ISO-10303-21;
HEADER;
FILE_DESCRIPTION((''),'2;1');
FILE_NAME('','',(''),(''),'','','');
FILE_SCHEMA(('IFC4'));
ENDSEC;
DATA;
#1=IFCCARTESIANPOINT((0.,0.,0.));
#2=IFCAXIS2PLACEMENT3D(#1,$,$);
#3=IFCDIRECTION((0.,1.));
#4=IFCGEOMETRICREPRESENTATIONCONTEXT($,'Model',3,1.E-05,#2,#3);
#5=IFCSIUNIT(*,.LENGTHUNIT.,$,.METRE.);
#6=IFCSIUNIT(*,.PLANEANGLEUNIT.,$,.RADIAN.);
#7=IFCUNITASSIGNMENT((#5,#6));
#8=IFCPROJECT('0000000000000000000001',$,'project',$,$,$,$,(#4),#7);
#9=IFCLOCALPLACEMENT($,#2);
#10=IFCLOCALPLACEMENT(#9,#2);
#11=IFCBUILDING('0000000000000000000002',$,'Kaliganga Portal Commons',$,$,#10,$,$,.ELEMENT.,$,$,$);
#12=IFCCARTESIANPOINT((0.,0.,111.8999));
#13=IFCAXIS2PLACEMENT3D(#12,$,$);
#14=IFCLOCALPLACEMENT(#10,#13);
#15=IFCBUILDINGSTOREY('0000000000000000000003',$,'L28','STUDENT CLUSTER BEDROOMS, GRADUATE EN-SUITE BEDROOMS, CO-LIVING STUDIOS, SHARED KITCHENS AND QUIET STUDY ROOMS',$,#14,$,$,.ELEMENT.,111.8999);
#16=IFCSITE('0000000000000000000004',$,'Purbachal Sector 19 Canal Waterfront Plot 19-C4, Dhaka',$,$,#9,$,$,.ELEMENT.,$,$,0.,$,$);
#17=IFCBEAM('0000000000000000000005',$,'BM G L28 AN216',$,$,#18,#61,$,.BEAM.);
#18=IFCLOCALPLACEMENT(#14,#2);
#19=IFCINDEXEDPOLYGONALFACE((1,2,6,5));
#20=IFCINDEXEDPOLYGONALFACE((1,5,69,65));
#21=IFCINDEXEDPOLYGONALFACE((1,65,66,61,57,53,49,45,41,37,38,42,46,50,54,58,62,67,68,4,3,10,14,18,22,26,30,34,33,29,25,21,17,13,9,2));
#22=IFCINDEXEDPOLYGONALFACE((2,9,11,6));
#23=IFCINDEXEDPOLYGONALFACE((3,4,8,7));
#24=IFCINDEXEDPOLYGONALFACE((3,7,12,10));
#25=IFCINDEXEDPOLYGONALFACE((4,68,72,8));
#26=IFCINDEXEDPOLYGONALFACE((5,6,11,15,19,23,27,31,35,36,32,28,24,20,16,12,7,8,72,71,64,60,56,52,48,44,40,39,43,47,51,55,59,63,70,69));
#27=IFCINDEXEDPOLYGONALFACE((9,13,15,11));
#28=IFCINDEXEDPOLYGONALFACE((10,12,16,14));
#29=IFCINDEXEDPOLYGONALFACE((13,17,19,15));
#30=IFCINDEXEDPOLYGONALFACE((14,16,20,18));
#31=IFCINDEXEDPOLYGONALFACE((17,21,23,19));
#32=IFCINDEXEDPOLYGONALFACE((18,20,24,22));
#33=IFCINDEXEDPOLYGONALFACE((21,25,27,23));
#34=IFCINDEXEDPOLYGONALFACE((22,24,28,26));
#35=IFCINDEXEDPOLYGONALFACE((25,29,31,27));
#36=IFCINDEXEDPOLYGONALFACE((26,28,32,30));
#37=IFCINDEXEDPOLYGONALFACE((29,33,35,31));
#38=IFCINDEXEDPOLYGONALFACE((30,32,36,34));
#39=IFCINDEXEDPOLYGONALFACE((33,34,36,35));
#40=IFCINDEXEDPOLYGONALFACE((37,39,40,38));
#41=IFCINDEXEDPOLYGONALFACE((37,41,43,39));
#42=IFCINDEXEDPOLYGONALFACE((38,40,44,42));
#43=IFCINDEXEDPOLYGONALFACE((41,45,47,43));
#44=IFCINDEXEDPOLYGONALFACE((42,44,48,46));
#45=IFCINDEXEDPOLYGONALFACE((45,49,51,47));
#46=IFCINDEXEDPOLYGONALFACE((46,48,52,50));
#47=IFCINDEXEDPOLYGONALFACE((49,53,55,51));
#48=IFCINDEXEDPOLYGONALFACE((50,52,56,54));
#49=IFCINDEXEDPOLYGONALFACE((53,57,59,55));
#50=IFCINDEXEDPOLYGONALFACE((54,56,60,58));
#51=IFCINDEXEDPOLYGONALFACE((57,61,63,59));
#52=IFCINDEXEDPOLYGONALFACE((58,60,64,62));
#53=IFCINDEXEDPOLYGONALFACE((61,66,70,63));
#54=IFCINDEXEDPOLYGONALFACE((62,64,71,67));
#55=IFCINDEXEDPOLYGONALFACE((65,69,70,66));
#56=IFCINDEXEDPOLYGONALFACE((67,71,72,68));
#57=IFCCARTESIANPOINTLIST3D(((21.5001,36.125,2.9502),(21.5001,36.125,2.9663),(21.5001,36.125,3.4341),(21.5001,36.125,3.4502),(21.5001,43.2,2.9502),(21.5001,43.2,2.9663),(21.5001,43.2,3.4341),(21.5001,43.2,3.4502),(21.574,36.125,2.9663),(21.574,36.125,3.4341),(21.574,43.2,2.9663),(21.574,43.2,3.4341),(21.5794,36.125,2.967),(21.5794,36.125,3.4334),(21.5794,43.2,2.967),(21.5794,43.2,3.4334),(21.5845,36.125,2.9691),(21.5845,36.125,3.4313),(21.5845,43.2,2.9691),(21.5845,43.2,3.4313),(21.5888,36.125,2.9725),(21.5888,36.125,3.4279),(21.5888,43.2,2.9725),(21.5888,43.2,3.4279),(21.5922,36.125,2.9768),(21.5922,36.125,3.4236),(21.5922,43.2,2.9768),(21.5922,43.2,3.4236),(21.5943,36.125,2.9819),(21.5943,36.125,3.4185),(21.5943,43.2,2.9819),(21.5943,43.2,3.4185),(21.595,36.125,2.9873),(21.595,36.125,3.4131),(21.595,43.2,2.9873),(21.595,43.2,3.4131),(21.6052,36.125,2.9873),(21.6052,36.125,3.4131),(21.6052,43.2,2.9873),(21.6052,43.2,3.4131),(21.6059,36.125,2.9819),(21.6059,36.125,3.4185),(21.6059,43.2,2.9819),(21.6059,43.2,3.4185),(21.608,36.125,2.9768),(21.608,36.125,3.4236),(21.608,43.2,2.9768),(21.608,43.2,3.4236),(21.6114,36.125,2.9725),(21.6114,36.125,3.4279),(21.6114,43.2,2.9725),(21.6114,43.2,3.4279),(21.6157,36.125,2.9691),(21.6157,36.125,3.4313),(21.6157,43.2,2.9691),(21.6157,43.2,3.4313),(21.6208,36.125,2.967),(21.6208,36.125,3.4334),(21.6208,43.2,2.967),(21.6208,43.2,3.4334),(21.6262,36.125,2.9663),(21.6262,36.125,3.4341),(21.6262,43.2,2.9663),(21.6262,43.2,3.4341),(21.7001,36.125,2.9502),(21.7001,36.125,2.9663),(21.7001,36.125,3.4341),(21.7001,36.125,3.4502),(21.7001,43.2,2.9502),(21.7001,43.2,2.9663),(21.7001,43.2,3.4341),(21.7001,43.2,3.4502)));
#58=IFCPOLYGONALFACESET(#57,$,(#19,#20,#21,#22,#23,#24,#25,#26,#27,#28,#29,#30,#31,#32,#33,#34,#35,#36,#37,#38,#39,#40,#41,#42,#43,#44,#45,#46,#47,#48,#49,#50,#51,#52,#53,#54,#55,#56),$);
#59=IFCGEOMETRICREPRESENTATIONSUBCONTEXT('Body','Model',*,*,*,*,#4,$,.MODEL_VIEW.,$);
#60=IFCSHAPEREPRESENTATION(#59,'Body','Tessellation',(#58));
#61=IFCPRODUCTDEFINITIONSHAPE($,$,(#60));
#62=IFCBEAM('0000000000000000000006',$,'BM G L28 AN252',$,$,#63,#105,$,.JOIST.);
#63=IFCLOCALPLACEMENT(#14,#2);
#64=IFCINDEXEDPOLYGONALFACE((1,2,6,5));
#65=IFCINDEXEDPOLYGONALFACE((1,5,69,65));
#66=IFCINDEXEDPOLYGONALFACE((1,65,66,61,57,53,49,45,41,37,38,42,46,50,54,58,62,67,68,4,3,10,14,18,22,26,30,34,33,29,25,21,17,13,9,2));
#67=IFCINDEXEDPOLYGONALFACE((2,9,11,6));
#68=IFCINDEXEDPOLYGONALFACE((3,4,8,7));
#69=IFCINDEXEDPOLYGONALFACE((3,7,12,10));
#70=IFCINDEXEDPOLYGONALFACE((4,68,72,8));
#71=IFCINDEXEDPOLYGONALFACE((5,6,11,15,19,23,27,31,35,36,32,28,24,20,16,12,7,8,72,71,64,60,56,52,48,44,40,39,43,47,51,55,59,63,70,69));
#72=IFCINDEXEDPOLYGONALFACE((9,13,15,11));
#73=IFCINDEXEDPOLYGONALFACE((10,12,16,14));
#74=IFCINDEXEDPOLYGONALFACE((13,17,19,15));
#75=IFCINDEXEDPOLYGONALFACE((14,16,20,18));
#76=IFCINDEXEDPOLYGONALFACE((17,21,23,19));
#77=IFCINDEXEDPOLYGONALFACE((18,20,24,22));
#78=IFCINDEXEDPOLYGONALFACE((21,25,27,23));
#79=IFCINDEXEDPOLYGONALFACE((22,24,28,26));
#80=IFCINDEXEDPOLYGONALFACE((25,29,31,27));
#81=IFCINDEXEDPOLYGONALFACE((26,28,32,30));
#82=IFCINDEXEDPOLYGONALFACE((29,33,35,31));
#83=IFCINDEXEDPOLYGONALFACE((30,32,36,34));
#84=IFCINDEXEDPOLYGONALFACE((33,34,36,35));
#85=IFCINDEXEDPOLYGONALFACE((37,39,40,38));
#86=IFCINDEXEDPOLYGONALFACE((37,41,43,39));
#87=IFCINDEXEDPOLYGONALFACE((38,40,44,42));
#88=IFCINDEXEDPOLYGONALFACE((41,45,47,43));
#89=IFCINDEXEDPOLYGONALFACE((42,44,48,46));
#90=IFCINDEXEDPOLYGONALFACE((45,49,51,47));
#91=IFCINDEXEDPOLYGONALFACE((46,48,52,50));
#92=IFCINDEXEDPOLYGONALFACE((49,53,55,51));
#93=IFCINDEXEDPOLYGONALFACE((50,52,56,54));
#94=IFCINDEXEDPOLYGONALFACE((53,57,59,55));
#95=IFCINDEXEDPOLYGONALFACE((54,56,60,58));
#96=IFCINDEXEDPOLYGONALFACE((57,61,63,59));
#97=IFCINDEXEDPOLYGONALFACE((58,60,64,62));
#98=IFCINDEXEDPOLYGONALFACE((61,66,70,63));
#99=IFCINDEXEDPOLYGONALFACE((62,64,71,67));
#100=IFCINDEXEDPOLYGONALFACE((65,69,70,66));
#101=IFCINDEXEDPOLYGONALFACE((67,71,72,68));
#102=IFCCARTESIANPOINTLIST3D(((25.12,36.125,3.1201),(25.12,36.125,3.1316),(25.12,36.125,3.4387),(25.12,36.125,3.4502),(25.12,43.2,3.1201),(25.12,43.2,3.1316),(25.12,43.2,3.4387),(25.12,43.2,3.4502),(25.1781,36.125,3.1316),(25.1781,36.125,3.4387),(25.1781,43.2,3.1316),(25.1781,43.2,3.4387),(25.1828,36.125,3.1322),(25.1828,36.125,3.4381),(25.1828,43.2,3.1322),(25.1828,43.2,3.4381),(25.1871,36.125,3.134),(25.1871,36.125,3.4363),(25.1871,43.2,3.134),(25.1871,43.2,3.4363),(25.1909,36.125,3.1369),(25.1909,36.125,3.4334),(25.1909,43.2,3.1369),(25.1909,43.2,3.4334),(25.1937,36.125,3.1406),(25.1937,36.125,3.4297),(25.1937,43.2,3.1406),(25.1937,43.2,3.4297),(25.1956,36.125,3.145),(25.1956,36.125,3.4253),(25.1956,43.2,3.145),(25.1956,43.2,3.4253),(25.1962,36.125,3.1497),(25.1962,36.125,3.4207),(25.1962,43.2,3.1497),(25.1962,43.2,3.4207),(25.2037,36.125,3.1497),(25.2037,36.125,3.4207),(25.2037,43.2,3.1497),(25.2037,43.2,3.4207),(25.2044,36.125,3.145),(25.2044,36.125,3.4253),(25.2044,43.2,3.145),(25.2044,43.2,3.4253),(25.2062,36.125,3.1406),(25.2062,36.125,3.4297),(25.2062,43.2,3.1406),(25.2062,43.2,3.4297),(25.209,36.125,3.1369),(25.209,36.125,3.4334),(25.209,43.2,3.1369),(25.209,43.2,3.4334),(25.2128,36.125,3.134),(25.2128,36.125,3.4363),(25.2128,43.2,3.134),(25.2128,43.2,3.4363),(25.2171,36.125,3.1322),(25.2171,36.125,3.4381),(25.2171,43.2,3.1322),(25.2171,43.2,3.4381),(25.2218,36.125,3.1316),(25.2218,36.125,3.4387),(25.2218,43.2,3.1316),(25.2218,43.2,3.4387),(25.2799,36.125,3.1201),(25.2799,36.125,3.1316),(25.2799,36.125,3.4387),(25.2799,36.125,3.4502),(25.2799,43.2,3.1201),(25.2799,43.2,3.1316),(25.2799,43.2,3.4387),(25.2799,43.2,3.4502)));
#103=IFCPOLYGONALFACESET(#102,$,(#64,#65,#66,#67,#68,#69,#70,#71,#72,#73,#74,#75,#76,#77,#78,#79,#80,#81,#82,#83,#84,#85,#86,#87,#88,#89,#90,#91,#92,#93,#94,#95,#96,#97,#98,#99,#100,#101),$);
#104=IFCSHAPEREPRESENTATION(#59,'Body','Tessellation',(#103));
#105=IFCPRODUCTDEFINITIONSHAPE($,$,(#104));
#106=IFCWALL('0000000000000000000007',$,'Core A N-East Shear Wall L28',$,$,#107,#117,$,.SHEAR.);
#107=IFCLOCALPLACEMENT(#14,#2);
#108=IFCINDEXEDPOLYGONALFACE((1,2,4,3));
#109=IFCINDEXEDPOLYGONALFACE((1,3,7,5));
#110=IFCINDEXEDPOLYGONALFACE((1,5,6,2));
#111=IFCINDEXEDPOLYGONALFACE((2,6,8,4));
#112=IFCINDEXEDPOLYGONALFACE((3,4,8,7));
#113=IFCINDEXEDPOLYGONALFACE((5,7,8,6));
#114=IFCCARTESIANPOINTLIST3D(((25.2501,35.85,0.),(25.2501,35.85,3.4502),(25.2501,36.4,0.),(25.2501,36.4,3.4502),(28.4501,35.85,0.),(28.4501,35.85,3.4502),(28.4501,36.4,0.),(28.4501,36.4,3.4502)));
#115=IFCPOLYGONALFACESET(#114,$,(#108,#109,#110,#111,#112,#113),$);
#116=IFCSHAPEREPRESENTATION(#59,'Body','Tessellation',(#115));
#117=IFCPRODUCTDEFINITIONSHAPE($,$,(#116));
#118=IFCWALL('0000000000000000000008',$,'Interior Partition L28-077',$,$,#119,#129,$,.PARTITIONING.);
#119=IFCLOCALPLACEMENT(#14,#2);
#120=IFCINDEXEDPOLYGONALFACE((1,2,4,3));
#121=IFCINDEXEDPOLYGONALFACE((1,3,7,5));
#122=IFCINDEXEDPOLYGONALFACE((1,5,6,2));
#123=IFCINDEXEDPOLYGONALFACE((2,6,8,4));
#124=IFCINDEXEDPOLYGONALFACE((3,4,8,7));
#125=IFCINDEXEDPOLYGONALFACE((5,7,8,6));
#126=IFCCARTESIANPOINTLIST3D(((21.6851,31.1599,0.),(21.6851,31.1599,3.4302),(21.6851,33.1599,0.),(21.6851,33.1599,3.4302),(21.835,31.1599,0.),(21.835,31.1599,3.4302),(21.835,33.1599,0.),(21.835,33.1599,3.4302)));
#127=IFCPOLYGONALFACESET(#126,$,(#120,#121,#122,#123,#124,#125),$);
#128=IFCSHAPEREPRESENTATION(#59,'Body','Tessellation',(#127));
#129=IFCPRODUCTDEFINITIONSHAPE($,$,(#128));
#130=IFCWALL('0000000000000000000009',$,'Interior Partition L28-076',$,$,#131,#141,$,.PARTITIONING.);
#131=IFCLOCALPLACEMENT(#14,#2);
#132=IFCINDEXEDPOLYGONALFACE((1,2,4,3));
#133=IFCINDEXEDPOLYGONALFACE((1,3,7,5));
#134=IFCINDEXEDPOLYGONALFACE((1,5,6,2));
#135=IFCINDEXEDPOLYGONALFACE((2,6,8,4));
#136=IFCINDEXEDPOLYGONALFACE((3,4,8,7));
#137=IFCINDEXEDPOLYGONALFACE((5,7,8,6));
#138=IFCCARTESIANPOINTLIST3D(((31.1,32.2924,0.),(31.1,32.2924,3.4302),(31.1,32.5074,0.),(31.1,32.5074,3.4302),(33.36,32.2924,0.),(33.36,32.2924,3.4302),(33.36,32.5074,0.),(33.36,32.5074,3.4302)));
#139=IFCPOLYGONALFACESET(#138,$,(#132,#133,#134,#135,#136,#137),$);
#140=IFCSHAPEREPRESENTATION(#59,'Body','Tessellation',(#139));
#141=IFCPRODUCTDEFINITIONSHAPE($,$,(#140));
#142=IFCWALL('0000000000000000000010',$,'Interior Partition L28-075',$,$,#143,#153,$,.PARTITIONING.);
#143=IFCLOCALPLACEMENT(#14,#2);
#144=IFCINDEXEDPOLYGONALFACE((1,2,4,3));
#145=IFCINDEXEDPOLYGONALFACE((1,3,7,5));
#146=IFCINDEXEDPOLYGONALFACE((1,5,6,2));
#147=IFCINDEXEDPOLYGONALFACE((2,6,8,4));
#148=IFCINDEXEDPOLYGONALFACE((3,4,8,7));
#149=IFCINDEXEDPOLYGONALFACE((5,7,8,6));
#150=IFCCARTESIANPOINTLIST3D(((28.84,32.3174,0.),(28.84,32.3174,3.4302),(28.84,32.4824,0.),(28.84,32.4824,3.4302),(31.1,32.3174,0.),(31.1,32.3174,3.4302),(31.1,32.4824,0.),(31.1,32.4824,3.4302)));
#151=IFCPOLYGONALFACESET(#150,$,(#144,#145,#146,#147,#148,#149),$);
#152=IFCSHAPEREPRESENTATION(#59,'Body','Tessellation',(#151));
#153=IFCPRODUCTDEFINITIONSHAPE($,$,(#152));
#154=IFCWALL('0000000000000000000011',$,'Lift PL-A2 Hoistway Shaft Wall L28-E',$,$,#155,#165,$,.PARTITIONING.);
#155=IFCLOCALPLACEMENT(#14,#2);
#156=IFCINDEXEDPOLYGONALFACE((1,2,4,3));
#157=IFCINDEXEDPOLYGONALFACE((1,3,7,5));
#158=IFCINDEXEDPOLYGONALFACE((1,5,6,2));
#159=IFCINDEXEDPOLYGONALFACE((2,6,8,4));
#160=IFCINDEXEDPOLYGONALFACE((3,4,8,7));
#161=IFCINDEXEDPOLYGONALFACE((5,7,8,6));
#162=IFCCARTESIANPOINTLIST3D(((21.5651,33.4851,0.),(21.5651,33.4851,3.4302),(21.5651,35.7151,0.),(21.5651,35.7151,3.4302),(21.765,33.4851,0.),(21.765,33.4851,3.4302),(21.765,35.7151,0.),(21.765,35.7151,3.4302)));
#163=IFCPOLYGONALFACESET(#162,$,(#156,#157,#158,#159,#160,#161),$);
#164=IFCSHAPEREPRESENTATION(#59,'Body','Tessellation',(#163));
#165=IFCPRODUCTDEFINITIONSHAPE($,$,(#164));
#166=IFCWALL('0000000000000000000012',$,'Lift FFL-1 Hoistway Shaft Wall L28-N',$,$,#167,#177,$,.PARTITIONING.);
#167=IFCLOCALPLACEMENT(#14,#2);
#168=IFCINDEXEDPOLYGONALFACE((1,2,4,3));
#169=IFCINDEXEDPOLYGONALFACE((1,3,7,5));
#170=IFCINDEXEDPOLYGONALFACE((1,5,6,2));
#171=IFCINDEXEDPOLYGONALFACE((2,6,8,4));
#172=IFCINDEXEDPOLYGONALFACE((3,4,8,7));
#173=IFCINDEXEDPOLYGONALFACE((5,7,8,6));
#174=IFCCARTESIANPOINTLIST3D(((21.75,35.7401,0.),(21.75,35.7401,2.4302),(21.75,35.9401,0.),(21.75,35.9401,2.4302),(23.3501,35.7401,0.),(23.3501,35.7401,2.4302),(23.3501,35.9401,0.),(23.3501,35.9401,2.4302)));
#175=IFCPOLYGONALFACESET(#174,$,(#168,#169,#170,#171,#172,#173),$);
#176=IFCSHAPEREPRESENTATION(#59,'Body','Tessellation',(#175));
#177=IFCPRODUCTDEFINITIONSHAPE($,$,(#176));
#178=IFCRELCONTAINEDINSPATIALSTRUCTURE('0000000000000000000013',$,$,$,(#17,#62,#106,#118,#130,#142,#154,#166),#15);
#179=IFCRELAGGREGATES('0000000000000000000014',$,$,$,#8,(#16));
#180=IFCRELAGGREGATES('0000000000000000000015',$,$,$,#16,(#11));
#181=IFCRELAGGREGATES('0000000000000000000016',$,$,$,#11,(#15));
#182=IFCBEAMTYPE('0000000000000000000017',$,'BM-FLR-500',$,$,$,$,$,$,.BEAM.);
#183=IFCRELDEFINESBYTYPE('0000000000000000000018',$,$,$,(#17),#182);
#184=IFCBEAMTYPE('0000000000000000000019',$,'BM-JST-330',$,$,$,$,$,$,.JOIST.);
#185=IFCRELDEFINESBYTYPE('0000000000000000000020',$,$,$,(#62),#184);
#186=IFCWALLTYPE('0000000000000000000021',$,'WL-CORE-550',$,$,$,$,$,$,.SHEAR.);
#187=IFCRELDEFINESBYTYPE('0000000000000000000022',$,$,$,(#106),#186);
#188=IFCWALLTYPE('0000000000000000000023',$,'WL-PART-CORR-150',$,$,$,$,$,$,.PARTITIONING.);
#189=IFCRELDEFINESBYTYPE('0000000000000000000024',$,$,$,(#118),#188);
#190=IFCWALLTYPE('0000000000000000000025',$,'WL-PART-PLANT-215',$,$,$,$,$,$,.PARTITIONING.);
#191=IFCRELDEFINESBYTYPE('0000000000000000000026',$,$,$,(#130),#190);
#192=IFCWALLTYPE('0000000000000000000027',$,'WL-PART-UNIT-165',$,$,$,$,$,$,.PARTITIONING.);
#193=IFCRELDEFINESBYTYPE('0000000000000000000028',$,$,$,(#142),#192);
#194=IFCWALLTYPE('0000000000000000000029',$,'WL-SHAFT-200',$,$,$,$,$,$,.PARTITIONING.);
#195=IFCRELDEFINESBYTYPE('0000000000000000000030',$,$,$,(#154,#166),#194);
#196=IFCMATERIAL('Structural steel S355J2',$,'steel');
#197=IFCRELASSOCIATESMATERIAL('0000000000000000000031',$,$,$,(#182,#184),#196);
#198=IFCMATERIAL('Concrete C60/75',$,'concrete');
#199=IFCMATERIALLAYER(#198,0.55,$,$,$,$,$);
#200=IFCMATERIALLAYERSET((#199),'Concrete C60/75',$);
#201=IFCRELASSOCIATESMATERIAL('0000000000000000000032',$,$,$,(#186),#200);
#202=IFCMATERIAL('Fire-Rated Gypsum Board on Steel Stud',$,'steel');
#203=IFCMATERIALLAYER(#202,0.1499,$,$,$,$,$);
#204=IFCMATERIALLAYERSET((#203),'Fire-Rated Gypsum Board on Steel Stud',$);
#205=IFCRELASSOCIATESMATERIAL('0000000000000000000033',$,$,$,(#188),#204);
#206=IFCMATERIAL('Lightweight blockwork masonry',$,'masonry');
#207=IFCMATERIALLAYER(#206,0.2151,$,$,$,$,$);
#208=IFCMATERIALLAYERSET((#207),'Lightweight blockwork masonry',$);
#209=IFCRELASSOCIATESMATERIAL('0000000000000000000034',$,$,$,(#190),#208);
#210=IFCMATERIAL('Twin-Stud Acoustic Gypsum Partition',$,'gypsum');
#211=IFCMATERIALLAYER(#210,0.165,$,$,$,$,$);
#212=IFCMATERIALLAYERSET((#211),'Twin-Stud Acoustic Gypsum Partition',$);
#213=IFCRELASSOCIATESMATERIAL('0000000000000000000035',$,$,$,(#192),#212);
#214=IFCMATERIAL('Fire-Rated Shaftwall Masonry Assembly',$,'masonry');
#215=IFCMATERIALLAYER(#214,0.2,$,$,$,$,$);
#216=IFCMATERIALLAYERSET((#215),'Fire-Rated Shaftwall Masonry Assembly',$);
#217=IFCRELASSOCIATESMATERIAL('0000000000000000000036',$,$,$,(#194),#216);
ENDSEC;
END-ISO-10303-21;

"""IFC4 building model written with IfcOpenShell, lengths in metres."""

from ifc_helpers import new_model, si_unit, direction, frame, frame_2d, origin, origin_2d, place, context, subcontext, project, spatial, rectangle, i_section, extrude, source, transform, mapped, material, layer, layer_set, material_profile, profile_set, type_object, element, save


model = new_model("IFC4")

# Units and contexts
model_context = context("Model", 3, precision=1e-05, world=origin(), true_north=direction((0.0, 1.0)))
body_context = subcontext(model_context, "Body", "Model", "MODEL_VIEW")
ifc_project = project(units=[si_unit("LENGTHUNIT", "METRE"), si_unit("PLANEANGLEUNIT", "RADIAN")], contexts=[model_context])

# Site, building, storey
site_placement = place(None, origin())
site = spatial("IfcSite", under=ifc_project, at=site_placement, Name="Purbachal Sector 19 Canal Waterfront Plot 19-C4, Dhaka", CompositionType="ELEMENT", RefElevation=0.0)
building_placement = place(site_placement, origin())
building = spatial("IfcBuilding", under=site, at=building_placement, Name="Kaliganga Portal Commons", CompositionType="ELEMENT")
storey_placement = place(building_placement, frame((0.0, 0.0, 111.8999)))
storey = spatial("IfcBuildingStorey", under=building, at=storey_placement, Name="L28", Description="STUDENT CLUSTER BEDROOMS, GRADUATE EN-SUITE BEDROOMS, CO-LIVING STUDIOS, SHARED KITCHENS AND QUIET STUDY ROOMS", CompositionType="ELEMENT", Elevation=111.8999)

# Beams
ifc_material_1 = material(Name="Structural steel S355J2", Category="steel")
ifc_material_profile_1 = material_profile(ifc_material_1, i_section(OverallWidth=0.2, OverallDepth=0.5, WebThickness=0.0103, FlangeThickness=0.0161, FilletRadius=0.021, at=origin_2d()), Name="IPE 500")
ifc_profile_set_1 = profile_set([ifc_material_profile_1], Name="Structural steel S355J2 wide-flange")
beam_type_1 = type_object("IfcBeamType", Name="BM-FLR-500", PredefinedType="BEAM", material=ifc_profile_set_1)
shared_shape_1 = source(origin(), body_context, "Body", "SweptSolid", [
    extrude(i_section(OverallWidth=0.2, OverallDepth=0.5, WebThickness=0.0103, FlangeThickness=0.0161, FilletRadius=0.021, at=origin_2d()), origin(), (0.0, 0.0, 1.0), 7.075),
])
beam_1_placement = place(storey_placement, frame((21.6001, 36.125, 3.2002), z_axis=(0.0, 1.0, 0.0), x_axis=(-1.0, 0.0, 0.0)))
element("IfcBeam", 1, at=beam_1_placement, inside=storey, type_object=beam_type_1, Name="BM G L28 AN216", PredefinedType="BEAM", context=body_context, shape_type="MappedRepresentation", body=[
    mapped(shared_shape_1, transform((0.0, 0.0, 0.0), x_axis=(1.0, 0.0, 0.0), y_axis=(0.0, 1.0, 0.0), z_axis=(0.0, 0.0, 1.0), scale=1.0)),
])
ifc_material_profile_2 = material_profile(ifc_material_1, i_section(OverallWidth=0.1599, OverallDepth=0.3301, WebThickness=0.0076, FlangeThickness=0.0115, FilletRadius=0.0181, at=origin_2d()), Name="IPE 330")
ifc_profile_set_2 = profile_set([ifc_material_profile_2], Name="Structural steel S355J2 wide-flange")
beam_type_2 = type_object("IfcBeamType", Name="BM-JST-330", PredefinedType="JOIST", material=ifc_profile_set_2)
shared_shape_2 = source(origin(), body_context, "Body", "SweptSolid", [
    extrude(i_section(OverallWidth=0.1599, OverallDepth=0.3301, WebThickness=0.0076, FlangeThickness=0.0115, FilletRadius=0.0181, at=origin_2d()), origin(), (0.0, 0.0, 1.0), 7.075),
])
beam_2_placement = place(storey_placement, frame((25.2, 36.125, 3.2852), z_axis=(0.0, 1.0, 0.0), x_axis=(-1.0, 0.0, 0.0)))
element("IfcBeam", 2, at=beam_2_placement, inside=storey, type_object=beam_type_2, Name="BM G L28 AN252", PredefinedType="JOIST", context=body_context, shape_type="MappedRepresentation", body=[
    mapped(shared_shape_2, transform((0.0, 0.0, 0.0), x_axis=(1.0, 0.0, 0.0), y_axis=(0.0, 1.0, 0.0), z_axis=(0.0, 0.0, 1.0), scale=1.0)),
])

# Walls
ifc_material_2 = material(Name="Concrete C60/75", Category="concrete")
ifc_layer_1 = layer(ifc_material_2, 0.55)
ifc_layer_set_1 = layer_set([ifc_layer_1], Name="Concrete C60/75")
wall_type_1 = type_object("IfcWallType", Name="WL-CORE-550", PredefinedType="SHEAR", material=ifc_layer_set_1)
wall_1_placement = place(storey_placement, frame((25.25, 36.125, 0.0), z_axis=(0.0, 0.0, 1.0), x_axis=(1.0, 0.0, 0.0)))
element("IfcWall", 3, at=wall_1_placement, inside=storey, type_object=wall_type_1, Name="Core A N-East Shear Wall L28", PredefinedType="SHEAR", context=body_context, shape_type="SweptSolid", body=[
    extrude(rectangle(XDim=3.2, YDim=0.55, at=frame_2d((1.6001, 0.0))), origin(), (0.0, 0.0, 1.0), 3.4502),
])
ifc_material_3 = material(Name="Fire-Rated Gypsum Board on Steel Stud", Category="steel")
ifc_layer_2 = layer(ifc_material_3, 0.1499)
ifc_layer_set_2 = layer_set([ifc_layer_2], Name="Fire-Rated Gypsum Board on Steel Stud")
wall_type_2 = type_object("IfcWallType", Name="WL-PART-CORR-150", PredefinedType="PARTITIONING", material=ifc_layer_set_2)
wall_2_placement = place(storey_placement, frame((21.76, 31.1599, 0.0), z_axis=(0.0, 0.0, 1.0), x_axis=(0.0, 1.0, 0.0)))
element("IfcWall", 4, at=wall_2_placement, inside=storey, type_object=wall_type_2, Name="Interior Partition L28-077", PredefinedType="PARTITIONING", context=body_context, shape_type="SweptSolid", body=[
    extrude(rectangle(XDim=2.0, YDim=0.1499, at=frame_2d((1.0, 0.0))), origin(), (0.0, 0.0, 1.0), 3.4302),
])
ifc_material_4 = material(Name="Lightweight blockwork masonry", Category="masonry")
ifc_layer_3 = layer(ifc_material_4, 0.2151)
ifc_layer_set_3 = layer_set([ifc_layer_3], Name="Lightweight blockwork masonry")
wall_type_3 = type_object("IfcWallType", Name="WL-PART-PLANT-215", PredefinedType="PARTITIONING", material=ifc_layer_set_3)
wall_3_placement = place(storey_placement, frame((31.1001, 32.3999, 0.0), z_axis=(0.0, 0.0, 1.0), x_axis=(1.0, 0.0, 0.0)))
element("IfcWall", 5, at=wall_3_placement, inside=storey, type_object=wall_type_3, Name="Interior Partition L28-076", PredefinedType="PARTITIONING", context=body_context, shape_type="SweptSolid", body=[
    extrude(rectangle(XDim=2.26, YDim=0.2151, at=frame_2d((1.1299, 0.0))), origin(), (0.0, 0.0, 1.0), 3.4302),
])
ifc_material_5 = material(Name="Twin-Stud Acoustic Gypsum Partition", Category="gypsum")
ifc_layer_4 = layer(ifc_material_5, 0.165)
ifc_layer_set_4 = layer_set([ifc_layer_4], Name="Twin-Stud Acoustic Gypsum Partition")
wall_type_4 = type_object("IfcWallType", Name="WL-PART-UNIT-165", PredefinedType="PARTITIONING", material=ifc_layer_set_4)
wall_4_placement = place(storey_placement, frame((28.8401, 32.3999, 0.0), z_axis=(0.0, 0.0, 1.0), x_axis=(1.0, 0.0, 0.0)))
element("IfcWall", 6, at=wall_4_placement, inside=storey, type_object=wall_type_4, Name="Interior Partition L28-075", PredefinedType="PARTITIONING", context=body_context, shape_type="SweptSolid", body=[
    extrude(rectangle(XDim=2.26, YDim=0.165, at=frame_2d((1.1299, 0.0))), origin(), (0.0, 0.0, 1.0), 3.4302),
])
ifc_material_6 = material(Name="Fire-Rated Shaftwall Masonry Assembly", Category="masonry")
ifc_layer_5 = layer(ifc_material_6, 0.2)
ifc_layer_set_5 = layer_set([ifc_layer_5], Name="Fire-Rated Shaftwall Masonry Assembly")
wall_type_5 = type_object("IfcWallType", Name="WL-SHAFT-200", PredefinedType="PARTITIONING", material=ifc_layer_set_5)
wall_5_placement = place(storey_placement, frame((21.665, 33.4851, 0.0), z_axis=(0.0, 0.0, 1.0), x_axis=(0.0, 1.0, 0.0)))
element("IfcWall", 7, at=wall_5_placement, inside=storey, type_object=wall_type_5, Name="Lift PL-A2 Hoistway Shaft Wall L28-E", PredefinedType="PARTITIONING", context=body_context, shape_type="SweptSolid", body=[
    extrude(rectangle(XDim=2.23, YDim=0.2, at=frame_2d((1.115, 0.0))), origin(), (0.0, 0.0, 1.0), 3.4302),
])

# Wall
wall_6_placement = place(storey_placement, frame((21.75, 35.8401, 0.0), z_axis=(0.0, 0.0, 1.0), x_axis=(1.0, 0.0, 0.0)))
element("IfcWall", 8, at=wall_6_placement, inside=storey, type_object=wall_type_5, Name="Lift FFL-1 Hoistway Shaft Wall L28-N", PredefinedType="PARTITIONING", context=body_context, shape_type="SweptSolid", body=[
    extrude(rectangle(XDim=1.6001, YDim=0.2, at=frame_2d((0.8, 0.0))), origin(), (0.0, 0.0, 1.0), 2.4302),
])

save(model, "model.ifc")
